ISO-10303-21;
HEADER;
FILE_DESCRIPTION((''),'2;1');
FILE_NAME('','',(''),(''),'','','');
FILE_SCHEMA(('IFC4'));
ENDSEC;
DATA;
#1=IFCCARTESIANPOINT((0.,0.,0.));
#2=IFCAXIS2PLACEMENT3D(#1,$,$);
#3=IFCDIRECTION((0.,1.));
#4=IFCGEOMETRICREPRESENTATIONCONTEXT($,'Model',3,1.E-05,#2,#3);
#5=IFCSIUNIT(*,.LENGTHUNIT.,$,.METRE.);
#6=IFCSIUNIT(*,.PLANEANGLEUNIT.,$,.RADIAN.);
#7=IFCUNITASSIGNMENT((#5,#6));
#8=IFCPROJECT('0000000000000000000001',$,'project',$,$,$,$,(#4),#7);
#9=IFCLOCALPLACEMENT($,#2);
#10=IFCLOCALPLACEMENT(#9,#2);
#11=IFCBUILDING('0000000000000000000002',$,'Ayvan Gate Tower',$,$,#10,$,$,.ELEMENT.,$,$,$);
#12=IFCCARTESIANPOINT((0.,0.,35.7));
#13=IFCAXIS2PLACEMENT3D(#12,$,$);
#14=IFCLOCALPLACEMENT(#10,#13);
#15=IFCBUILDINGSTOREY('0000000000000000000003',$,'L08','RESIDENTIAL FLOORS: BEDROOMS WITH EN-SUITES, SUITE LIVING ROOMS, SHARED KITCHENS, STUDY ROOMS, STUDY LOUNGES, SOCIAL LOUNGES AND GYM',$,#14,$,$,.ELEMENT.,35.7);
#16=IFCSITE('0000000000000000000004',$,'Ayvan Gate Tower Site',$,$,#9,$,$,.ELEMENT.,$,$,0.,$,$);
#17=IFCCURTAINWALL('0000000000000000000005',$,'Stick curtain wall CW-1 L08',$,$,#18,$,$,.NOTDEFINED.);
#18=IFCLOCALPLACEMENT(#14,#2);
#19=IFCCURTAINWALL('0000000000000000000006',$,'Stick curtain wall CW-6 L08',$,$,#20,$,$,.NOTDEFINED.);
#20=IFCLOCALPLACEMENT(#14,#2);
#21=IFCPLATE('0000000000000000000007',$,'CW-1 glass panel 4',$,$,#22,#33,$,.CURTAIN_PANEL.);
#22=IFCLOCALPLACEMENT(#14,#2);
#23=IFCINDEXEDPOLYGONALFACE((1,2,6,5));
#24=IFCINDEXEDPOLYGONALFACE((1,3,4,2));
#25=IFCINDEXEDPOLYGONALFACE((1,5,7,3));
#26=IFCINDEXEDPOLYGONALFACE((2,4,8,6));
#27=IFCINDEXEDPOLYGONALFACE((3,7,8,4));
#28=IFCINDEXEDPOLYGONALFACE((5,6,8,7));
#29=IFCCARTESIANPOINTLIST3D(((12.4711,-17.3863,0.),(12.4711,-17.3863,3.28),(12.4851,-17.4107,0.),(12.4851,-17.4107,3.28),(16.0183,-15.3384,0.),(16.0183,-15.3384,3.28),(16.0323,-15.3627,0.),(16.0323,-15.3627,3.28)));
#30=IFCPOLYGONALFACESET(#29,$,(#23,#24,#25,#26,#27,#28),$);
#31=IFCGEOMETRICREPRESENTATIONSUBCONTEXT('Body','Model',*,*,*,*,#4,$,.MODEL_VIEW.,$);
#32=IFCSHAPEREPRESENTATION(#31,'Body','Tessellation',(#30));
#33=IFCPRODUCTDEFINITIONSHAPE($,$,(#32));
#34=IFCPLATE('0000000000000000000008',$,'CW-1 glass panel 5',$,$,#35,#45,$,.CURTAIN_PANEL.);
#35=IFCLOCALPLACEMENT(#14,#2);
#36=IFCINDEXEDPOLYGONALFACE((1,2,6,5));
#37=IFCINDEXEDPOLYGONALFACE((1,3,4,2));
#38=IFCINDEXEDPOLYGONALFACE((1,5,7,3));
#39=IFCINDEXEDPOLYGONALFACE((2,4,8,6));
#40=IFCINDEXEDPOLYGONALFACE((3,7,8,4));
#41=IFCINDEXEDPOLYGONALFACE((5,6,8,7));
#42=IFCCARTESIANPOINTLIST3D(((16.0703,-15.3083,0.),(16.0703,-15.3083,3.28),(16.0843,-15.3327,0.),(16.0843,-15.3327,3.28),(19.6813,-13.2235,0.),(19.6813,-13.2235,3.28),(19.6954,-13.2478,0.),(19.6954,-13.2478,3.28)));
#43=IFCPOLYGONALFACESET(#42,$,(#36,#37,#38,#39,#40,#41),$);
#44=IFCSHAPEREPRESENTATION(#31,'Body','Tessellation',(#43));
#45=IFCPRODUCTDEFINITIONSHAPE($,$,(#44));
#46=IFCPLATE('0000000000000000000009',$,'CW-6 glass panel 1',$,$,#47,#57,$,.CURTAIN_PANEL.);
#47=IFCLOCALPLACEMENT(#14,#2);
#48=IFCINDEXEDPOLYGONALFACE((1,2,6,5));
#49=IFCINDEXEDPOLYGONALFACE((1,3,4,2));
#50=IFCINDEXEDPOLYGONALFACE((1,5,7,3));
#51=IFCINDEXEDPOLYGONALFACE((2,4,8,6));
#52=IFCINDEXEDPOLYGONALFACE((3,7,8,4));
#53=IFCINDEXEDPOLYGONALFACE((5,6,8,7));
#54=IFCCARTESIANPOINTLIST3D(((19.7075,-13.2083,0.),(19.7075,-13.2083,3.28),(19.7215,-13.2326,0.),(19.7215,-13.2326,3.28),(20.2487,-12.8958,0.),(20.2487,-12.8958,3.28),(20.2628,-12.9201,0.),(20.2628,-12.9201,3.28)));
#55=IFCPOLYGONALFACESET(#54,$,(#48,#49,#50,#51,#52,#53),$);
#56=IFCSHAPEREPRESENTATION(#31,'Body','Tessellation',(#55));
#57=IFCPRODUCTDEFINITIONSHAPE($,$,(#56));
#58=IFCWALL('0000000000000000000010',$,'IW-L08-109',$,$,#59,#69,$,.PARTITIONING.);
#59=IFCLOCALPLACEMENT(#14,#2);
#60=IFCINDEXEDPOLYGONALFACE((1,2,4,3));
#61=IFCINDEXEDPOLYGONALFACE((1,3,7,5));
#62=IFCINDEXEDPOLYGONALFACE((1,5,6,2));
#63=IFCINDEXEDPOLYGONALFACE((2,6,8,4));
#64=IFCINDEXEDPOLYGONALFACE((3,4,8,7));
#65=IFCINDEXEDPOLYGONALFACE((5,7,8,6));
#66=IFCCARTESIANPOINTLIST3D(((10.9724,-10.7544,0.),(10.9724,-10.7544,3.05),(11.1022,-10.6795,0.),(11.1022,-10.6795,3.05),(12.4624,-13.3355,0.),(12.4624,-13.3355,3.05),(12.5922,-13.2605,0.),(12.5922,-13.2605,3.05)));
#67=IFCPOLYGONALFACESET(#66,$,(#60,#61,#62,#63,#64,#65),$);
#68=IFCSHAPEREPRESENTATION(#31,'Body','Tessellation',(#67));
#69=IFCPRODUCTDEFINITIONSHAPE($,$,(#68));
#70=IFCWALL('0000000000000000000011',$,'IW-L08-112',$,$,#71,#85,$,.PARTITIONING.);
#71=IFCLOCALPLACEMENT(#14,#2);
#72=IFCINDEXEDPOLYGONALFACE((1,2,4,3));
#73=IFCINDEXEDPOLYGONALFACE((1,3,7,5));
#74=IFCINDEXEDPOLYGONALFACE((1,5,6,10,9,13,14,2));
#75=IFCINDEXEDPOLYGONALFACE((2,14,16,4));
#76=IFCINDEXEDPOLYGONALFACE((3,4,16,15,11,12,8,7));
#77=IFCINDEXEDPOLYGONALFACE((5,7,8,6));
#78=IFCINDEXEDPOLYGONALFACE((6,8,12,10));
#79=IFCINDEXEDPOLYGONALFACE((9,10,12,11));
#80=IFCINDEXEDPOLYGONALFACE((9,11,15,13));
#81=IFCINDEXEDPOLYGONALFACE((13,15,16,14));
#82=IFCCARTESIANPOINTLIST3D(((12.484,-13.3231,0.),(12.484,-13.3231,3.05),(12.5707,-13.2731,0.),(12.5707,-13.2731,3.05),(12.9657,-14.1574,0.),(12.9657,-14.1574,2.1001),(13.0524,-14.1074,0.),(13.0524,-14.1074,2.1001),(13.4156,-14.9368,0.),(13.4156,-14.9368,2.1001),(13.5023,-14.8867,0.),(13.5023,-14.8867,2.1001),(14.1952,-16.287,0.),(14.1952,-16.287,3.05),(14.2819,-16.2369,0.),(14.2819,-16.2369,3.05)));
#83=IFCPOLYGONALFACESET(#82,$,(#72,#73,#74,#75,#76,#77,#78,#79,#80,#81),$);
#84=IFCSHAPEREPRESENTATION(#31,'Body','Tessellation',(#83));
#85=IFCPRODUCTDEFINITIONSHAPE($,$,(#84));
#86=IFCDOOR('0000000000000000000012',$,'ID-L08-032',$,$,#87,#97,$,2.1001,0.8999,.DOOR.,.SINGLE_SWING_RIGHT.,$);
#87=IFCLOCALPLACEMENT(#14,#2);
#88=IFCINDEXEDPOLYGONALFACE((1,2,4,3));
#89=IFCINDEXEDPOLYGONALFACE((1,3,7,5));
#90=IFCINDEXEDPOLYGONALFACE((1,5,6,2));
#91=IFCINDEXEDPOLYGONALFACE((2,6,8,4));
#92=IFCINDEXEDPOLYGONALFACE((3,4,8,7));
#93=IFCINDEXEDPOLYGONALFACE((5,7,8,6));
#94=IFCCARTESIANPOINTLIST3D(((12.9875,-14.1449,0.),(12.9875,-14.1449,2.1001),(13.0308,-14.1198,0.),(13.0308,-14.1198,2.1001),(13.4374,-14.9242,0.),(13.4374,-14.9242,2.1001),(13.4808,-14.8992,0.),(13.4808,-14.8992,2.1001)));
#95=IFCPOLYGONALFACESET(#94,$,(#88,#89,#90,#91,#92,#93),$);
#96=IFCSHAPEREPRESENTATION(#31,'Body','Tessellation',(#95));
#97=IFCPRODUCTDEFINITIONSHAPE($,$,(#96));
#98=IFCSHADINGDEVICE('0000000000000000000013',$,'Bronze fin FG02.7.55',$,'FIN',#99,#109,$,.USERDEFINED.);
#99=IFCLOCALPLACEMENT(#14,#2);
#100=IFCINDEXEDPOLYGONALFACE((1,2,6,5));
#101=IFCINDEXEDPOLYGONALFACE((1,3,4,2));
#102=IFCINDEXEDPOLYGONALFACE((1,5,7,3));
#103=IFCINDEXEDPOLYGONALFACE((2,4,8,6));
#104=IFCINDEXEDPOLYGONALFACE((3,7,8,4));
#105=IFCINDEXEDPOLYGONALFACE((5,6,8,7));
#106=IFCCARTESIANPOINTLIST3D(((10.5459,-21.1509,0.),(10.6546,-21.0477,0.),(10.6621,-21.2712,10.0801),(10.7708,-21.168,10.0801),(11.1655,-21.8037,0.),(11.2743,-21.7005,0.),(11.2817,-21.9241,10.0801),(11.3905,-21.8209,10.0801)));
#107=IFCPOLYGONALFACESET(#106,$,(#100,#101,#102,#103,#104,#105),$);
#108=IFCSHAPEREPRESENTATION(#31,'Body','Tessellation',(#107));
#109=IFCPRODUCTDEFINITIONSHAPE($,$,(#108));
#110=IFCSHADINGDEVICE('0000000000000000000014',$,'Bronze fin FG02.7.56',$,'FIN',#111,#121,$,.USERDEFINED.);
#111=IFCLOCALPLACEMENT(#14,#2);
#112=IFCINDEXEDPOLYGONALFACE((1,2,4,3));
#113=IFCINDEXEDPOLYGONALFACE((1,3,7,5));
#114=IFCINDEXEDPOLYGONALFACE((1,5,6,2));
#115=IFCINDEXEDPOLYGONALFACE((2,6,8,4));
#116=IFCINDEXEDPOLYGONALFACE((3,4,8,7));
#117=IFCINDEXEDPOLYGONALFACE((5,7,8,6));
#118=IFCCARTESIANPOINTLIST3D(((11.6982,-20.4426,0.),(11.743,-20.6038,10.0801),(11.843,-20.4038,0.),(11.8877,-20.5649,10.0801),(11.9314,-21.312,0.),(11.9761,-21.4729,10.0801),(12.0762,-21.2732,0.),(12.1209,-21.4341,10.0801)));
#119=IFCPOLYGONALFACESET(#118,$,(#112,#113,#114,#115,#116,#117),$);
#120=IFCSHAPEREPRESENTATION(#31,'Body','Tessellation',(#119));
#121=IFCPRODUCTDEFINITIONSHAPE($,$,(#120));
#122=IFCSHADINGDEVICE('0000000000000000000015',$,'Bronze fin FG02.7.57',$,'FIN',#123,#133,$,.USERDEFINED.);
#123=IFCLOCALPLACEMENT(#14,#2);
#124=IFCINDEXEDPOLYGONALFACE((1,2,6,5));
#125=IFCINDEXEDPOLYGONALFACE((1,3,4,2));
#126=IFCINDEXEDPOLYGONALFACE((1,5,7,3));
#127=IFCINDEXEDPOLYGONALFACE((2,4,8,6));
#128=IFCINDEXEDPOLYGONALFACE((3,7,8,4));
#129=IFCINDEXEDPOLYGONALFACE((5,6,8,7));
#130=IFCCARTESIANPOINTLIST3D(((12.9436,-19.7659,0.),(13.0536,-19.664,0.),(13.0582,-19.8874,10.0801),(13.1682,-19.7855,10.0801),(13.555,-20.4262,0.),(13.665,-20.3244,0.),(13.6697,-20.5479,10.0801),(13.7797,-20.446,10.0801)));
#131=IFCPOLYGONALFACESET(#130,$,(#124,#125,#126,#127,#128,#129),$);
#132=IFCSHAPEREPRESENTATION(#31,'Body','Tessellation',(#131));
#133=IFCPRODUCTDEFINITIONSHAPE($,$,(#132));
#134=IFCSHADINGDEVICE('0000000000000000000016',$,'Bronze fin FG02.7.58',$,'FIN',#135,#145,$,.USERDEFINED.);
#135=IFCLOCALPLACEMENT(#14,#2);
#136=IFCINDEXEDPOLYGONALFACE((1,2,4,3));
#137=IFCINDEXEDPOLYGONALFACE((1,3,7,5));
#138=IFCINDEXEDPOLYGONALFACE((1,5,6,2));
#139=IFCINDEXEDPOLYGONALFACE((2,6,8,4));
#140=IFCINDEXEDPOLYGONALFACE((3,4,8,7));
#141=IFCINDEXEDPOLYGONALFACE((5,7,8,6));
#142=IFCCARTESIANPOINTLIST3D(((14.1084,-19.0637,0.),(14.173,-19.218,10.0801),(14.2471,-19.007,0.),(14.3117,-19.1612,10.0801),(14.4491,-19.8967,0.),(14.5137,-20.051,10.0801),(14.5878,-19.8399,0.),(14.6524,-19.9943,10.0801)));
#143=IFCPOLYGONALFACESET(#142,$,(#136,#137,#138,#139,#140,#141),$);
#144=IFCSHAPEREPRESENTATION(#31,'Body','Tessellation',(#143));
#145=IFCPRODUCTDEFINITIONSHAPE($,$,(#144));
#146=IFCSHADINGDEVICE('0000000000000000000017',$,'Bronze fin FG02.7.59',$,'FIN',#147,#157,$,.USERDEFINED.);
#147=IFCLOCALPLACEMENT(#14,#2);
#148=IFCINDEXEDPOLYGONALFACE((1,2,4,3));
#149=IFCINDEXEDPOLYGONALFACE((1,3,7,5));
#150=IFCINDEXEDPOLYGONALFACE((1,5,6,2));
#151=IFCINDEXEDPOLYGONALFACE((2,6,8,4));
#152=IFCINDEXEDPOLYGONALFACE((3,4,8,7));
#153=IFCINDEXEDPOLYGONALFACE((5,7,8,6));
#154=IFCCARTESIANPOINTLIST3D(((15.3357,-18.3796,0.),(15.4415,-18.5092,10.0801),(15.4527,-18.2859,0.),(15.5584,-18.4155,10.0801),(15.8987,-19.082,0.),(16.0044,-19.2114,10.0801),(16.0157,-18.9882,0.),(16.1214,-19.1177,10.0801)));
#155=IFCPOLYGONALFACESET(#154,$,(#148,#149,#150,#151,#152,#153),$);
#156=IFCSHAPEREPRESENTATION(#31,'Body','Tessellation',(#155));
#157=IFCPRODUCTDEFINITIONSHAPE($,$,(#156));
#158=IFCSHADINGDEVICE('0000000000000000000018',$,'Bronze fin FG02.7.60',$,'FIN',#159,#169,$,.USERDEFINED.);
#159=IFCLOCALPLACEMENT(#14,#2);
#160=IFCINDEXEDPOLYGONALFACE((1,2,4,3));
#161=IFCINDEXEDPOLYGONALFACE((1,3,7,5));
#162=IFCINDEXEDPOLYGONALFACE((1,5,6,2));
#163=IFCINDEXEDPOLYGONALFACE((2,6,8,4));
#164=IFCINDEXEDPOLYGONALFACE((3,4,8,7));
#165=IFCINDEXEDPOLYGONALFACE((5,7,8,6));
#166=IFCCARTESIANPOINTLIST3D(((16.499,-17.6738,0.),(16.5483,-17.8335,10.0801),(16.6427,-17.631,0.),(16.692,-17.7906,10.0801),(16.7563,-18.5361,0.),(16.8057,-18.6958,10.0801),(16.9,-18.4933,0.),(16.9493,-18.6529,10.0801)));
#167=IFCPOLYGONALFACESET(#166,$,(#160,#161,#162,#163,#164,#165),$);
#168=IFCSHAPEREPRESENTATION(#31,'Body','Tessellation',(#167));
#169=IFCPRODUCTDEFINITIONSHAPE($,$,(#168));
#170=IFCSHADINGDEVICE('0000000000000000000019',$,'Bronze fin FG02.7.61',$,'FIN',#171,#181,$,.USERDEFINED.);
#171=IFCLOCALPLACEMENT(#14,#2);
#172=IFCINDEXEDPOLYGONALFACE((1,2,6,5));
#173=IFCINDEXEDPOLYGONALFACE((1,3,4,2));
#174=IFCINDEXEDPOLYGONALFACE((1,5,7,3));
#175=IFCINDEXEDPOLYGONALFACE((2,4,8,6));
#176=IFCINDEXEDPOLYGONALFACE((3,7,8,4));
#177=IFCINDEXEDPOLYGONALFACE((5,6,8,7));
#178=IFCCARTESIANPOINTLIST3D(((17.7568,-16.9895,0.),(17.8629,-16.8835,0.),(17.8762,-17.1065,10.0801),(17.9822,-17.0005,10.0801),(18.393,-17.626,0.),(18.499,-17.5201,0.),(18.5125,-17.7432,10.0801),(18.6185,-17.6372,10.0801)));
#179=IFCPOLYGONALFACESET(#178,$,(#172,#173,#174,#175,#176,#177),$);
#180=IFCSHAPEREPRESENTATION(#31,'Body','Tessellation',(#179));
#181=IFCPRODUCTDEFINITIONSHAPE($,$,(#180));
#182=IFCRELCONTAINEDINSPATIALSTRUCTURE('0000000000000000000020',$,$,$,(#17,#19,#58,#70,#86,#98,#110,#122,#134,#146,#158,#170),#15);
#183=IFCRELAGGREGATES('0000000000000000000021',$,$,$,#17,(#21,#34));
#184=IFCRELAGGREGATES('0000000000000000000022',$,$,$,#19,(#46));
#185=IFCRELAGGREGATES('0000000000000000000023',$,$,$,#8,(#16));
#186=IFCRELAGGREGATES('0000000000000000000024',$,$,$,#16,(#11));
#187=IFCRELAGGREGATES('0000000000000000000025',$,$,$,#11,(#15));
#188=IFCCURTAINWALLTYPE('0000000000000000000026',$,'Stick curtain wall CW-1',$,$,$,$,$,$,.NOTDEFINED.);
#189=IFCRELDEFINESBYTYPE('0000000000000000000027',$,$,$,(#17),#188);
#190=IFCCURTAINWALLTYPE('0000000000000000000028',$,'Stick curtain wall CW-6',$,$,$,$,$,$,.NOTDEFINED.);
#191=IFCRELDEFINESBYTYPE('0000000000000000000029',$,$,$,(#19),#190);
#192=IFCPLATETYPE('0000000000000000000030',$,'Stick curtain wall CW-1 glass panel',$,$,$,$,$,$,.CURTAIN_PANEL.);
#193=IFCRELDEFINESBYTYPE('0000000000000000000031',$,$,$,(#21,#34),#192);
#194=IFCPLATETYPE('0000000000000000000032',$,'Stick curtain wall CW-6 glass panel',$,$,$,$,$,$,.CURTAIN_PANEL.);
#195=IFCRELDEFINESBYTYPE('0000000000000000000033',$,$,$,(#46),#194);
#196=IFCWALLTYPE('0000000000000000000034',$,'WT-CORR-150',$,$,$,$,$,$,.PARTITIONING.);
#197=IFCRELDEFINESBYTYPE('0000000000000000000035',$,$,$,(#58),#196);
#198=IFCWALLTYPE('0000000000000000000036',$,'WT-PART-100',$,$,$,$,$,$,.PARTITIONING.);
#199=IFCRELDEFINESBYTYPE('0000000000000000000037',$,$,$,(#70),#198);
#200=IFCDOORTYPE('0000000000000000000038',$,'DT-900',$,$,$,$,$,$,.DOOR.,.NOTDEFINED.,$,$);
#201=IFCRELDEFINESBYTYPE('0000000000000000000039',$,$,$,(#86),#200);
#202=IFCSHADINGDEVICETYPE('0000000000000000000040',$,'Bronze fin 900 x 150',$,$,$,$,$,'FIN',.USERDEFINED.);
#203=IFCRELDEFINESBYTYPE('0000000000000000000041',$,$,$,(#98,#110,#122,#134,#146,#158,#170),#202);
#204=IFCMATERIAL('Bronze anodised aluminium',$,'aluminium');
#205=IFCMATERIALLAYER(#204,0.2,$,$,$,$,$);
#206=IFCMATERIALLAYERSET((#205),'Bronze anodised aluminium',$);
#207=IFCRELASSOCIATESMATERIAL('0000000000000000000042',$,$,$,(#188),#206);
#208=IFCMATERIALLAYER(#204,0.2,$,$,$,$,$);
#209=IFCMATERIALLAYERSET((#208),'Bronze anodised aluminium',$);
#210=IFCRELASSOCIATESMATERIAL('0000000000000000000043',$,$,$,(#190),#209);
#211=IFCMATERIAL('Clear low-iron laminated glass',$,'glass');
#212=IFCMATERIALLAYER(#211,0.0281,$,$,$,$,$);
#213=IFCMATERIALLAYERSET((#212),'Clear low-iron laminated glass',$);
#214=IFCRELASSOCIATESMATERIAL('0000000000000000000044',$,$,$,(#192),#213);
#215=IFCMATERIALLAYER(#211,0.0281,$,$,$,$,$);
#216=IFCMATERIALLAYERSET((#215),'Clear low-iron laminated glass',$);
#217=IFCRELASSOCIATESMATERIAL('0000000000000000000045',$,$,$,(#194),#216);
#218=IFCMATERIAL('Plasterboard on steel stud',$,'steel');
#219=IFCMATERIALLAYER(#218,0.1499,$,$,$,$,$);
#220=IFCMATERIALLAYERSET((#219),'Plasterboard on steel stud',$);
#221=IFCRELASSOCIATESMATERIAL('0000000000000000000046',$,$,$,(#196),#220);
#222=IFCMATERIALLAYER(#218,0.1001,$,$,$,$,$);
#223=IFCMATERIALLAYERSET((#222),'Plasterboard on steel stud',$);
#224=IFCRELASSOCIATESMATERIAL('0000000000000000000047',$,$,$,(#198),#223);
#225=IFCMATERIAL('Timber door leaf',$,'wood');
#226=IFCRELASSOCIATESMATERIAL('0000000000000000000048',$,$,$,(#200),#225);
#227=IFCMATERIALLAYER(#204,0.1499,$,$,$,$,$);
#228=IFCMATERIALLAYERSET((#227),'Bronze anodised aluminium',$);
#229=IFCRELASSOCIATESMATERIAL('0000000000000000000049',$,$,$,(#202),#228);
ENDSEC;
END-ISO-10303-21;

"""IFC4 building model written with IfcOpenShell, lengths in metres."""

from ifc_helpers import new_model, si_unit, direction, frame, frame_2d, origin, origin_2d, place, context, subcontext, project, spatial, polyline, rectangle, outline, extrude, material, layer, layer_set, type_object, element, fill, aggregate, save


model = new_model("IFC4")

# Units and contexts
model_context = context("Model", 3, precision=1e-05, world=origin(), true_north=direction((0.0, 1.0)))
body_context = subcontext(model_context, "Body", "Model", "MODEL_VIEW")
ifc_project = project(units=[si_unit("LENGTHUNIT", "METRE"), si_unit("PLANEANGLEUNIT", "RADIAN")], contexts=[model_context])

# Site, building, storey
site_placement = place(None, origin())
site = spatial("IfcSite", under=ifc_project, at=site_placement, Name="Ayvan Gate Tower Site", CompositionType="ELEMENT", RefElevation=0.0)
building_placement = place(site_placement, origin())
building = spatial("IfcBuilding", under=site, at=building_placement, Name="Ayvan Gate Tower", CompositionType="ELEMENT")
storey_placement = place(building_placement, frame((0.0, 0.0, 35.7)))
storey = spatial("IfcBuildingStorey", under=building, at=storey_placement, Name="L08", Description="RESIDENTIAL FLOORS: BEDROOMS WITH EN-SUITES, SUITE LIVING ROOMS, SHARED KITCHENS, STUDY ROOMS, STUDY LOUNGES, SOCIAL LOUNGES AND GYM", CompositionType="ELEMENT", Elevation=35.7)

# Curtain walls
ifc_material_1 = material(Name="Bronze anodised aluminium", Category="aluminium")
ifc_layer_1 = layer(ifc_material_1, 0.2)
ifc_layer_set_1 = layer_set([ifc_layer_1], Name="Bronze anodised aluminium")
curtain_wall_type_1 = type_object("IfcCurtainWallType", Name="Stick curtain wall CW-1", PredefinedType="NOTDEFINED", material=ifc_layer_set_1)
curtain_wall_1_placement = place(storey_placement, origin())
curtain_wall_1 = element("IfcCurtainWall", 1, at=curtain_wall_1_placement, inside=storey, type_object=curtain_wall_type_1, Name="Stick curtain wall CW-1 L08", PredefinedType="NOTDEFINED")
ifc_layer_2 = layer(ifc_material_1, 0.2)
ifc_layer_set_2 = layer_set([ifc_layer_2], Name="Bronze anodised aluminium")
curtain_wall_type_2 = type_object("IfcCurtainWallType", Name="Stick curtain wall CW-6", PredefinedType="NOTDEFINED", material=ifc_layer_set_2)
curtain_wall_2_placement = place(storey_placement, origin())
curtain_wall_2 = element("IfcCurtainWall", 2, at=curtain_wall_2_placement, inside=storey, type_object=curtain_wall_type_2, Name="Stick curtain wall CW-6 L08", PredefinedType="NOTDEFINED")

# Plates
ifc_material_2 = material(Name="Clear low-iron laminated glass", Category="glass")
ifc_layer_3 = layer(ifc_material_2, 0.0281)
ifc_layer_set_3 = layer_set([ifc_layer_3], Name="Clear low-iron laminated glass")
plate_type_1 = type_object("IfcPlateType", Name="Stick curtain wall CW-1 glass panel", PredefinedType="CURTAIN_PANEL", material=ifc_layer_set_3)
plate_1_placement = place(storey_placement, frame((14.2517, -16.3745, 0.0), z_axis=(0.0, 0.0, 1.0), x_axis=(0.866025, 0.5, 0.0)))
plate_1 = element("IfcPlate", 3, at=plate_1_placement, type_object=plate_type_1, Name="CW-1 glass panel 4", PredefinedType="CURTAIN_PANEL", context=body_context, shape_type="SweptSolid", body=[
    extrude(rectangle(XDim=4.0959, YDim=0.0281, at=origin_2d()), origin(), (0.0, 0.0, 1.0), 3.28),
])
plate_2_placement = place(storey_placement, frame((17.8828, -14.2781, 0.0), z_axis=(0.0, 0.0, 1.0), x_axis=(0.866025, 0.5, 0.0)))
plate_2 = element("IfcPlate", 4, at=plate_2_placement, type_object=plate_type_1, Name="CW-1 glass panel 5", PredefinedType="CURTAIN_PANEL", context=body_context, shape_type="SweptSolid", body=[
    extrude(rectangle(XDim=4.1697, YDim=0.0281, at=origin_2d()), origin(), (0.0, 0.0, 1.0), 3.28),
])
aggregate(curtain_wall_1, [plate_1, plate_2])
ifc_layer_4 = layer(ifc_material_2, 0.0281)
ifc_layer_set_4 = layer_set([ifc_layer_4], Name="Clear low-iron laminated glass")
plate_type_2 = type_object("IfcPlateType", Name="Stick curtain wall CW-6 glass panel", PredefinedType="CURTAIN_PANEL", material=ifc_layer_set_4)
plate_3_placement = place(storey_placement, frame((19.9851, -13.0642, 0.0), z_axis=(0.0, 0.0, 1.0), x_axis=(0.866025, 0.5, 0.0)))
plate_3 = element("IfcPlate", 5, at=plate_3_placement, type_object=plate_type_2, Name="CW-6 glass panel 1", PredefinedType="CURTAIN_PANEL", context=body_context, shape_type="SweptSolid", body=[
    extrude(rectangle(XDim=0.625, YDim=0.0281, at=origin_2d()), origin(), (0.0, 0.0, 1.0), 3.28),
])
aggregate(curtain_wall_2, [plate_3])

# Wall
ifc_material_3 = material(Name="Plasterboard on steel stud", Category="steel")
ifc_layer_5 = layer(ifc_material_3, 0.1499)
ifc_layer_set_5 = layer_set([ifc_layer_5], Name="Plasterboard on steel stud")
wall_type_1 = type_object("IfcWallType", Name="WT-CORR-150", PredefinedType="PARTITIONING", material=ifc_layer_set_5)
wall_1_placement = place(storey_placement, frame((12.5273, -13.2981, 0.0), z_axis=(0.0, 0.0, 1.0), x_axis=(-0.499954, 0.866052, 0.0)))
element("IfcWall", 6, at=wall_1_placement, inside=storey, type_object=wall_type_1, Name="IW-L08-109", PredefinedType="PARTITIONING", context=body_context, shape_type="SweptSolid", body=[
    extrude(rectangle(XDim=2.9802, YDim=0.1499, at=frame_2d((1.4902, 0.0))), origin(), (0.0, 0.0, 1.0), 3.05),
])

# Wall, opening, door
ifc_layer_6 = layer(ifc_material_3, 0.1001)
ifc_layer_set_6 = layer_set([ifc_layer_6], Name="Plasterboard on steel stud")
wall_type_2 = type_object("IfcWallType", Name="WT-PART-100", PredefinedType="PARTITIONING", material=ifc_layer_set_6)
wall_2_placement = place(storey_placement, frame((14.2385, -16.262, 0.0), z_axis=(0.0, 0.0, 1.0), x_axis=(-0.499998, 0.866026, 0.0)))
wall_2 = element("IfcWall", 7, at=wall_2_placement, inside=storey, type_object=wall_type_2, Name="IW-L08-112", PredefinedType="PARTITIONING", context=body_context, shape_type="SweptSolid", body=[
    extrude(rectangle(XDim=3.4224, YDim=0.1001, at=frame_2d((1.7112, 0.0))), origin(), (0.0, 0.0, 1.0), 3.05),
])
opening_placement = place(wall_2_placement, frame((1.5591, 0.0, 0.0)))
opening = element("IfcOpeningElement", 8, at=opening_placement, cuts=wall_2, PredefinedType="OPENING", context=body_context, shape_type="SweptSolid", body=[
    extrude(rectangle(XDim=0.8999, YDim=2.1001, at=frame_2d((0.45, 1.05))), frame((0.0, 0.0601, 0.0), z_axis=(0.0, -1.0, 0.0), x_axis=(1.0, 0.0, 0.0)), (0.0, 0.0, 1.0), 0.1201),
])
ifc_material_4 = material(Name="Timber door leaf", Category="wood")
door_type = type_object("IfcDoorType", Name="DT-900", OperationType="NOTDEFINED", PredefinedType="DOOR", material=ifc_material_4)
door_placement = place(opening_placement, origin())
door = element("IfcDoor", 9, at=door_placement, inside=storey, type_object=door_type, Name="ID-L08-032", OperationType="SINGLE_SWING_RIGHT", OverallHeight=2.1001, OverallWidth=0.8999, PredefinedType="DOOR", context=body_context, shape_type="SweptSolid", body=[
    extrude(rectangle(XDim=0.8999, YDim=2.1001, at=frame_2d((0.45, 1.05))), frame((0.0, 0.0249, 0.0), z_axis=(0.0, -1.0, 0.0), x_axis=(1.0, 0.0, 0.0)), (0.0, 0.0, 1.0), 0.05),
])
fill(opening, door)

# Shading devices
ifc_layer_7 = layer(ifc_material_1, 0.1499)
ifc_layer_set_7 = layer_set([ifc_layer_7], Name="Bronze anodised aluminium")
shading_device_type = type_object("IfcShadingDeviceType", Name="Bronze fin 900 x 150", ElementType="FIN", PredefinedType="USERDEFINED", material=ifc_layer_set_7)
shading_device_1_placement = place(storey_placement, frame((10.5459, -21.1509, 0.0), z_axis=(-0.725311, -0.688421, 0.000142), x_axis=(0.688421, -0.725311, 0.0)))
element("IfcShadingDevice", 10, at=shading_device_1_placement, inside=storey, type_object=shading_device_type, Name="Bronze fin FG02.7.55", ObjectType="FIN", PredefinedType="USERDEFINED", context=body_context, shape_type="SweptSolid", body=[
    extrude(outline(polyline([(0.0, 0.0), (0.9001, 0.0), (1.0674, 10.0801), (0.1673, 10.0801), (0.0, 0.0)])), origin(), (0.0, 0.0, -1.0), 0.1499),
])
shading_device_2_placement = place(storey_placement, frame((11.6982, -20.4426, 0.0), z_axis=(-0.96586, -0.259064, 0.000143), x_axis=(0.259064, -0.96586, 0.0)))
element("IfcShadingDevice", 11, at=shading_device_2_placement, inside=storey, type_object=shading_device_type, Name="Bronze fin FG02.7.56", ObjectType="FIN", PredefinedType="USERDEFINED", context=body_context, shape_type="SweptSolid", body=[
    extrude(outline(polyline([(0.0, 0.0), (0.9001, 0.0), (1.0671, 10.0801), (0.1672, 10.0801), (0.0, 0.0)])), origin(), (0.0, 0.0, -1.0), 0.1499),
])
shading_device_3_placement = place(storey_placement, frame((12.9436, -19.7659, 0.0), z_axis=(-0.733778, -0.679389, 0.00015), x_axis=(0.679389, -0.733778, 0.0)))
element("IfcShadingDevice", 12, at=shading_device_3_placement, inside=storey, type_object=shading_device_type, Name="Bronze fin FG02.7.57", ObjectType="FIN", PredefinedType="USERDEFINED", context=body_context, shape_type="SweptSolid", body=[
    extrude(outline(polyline([(0.0, 0.0), (0.8999, 0.0), (1.0671, 10.0801), (0.167, 10.0801), (0.0, 0.0)])), origin(), (0.0, 0.0, -1.0), 0.1499),
])
shading_device_4_placement = place(storey_placement, frame((14.1084, -19.0637, 0.0), z_axis=(-0.925577, -0.378559, 0.000135), x_axis=(0.378559, -0.925577, 0.0)))
element("IfcShadingDevice", 13, at=shading_device_4_placement, inside=storey, type_object=shading_device_type, Name="Bronze fin FG02.7.58", ObjectType="FIN", PredefinedType="USERDEFINED", context=body_context, shape_type="SweptSolid", body=[
    extrude(outline(polyline([(0.0, 0.0), (0.8999, 0.0), (1.0672, 10.0801), (0.1672, 10.0801), (0.0, 0.0)])), origin(), (0.0, 0.0, -1.0), 0.1499),
])
shading_device_5_placement = place(storey_placement, frame((15.3357, -18.3796, 0.0), z_axis=(-0.780233, -0.625489, 0.000146), x_axis=(0.625489, -0.780233, 0.0)))
element("IfcShadingDevice", 14, at=shading_device_5_placement, inside=storey, type_object=shading_device_type, Name="Bronze fin FG02.7.59", ObjectType="FIN", PredefinedType="USERDEFINED", context=body_context, shape_type="SweptSolid", body=[
    extrude(outline(polyline([(0.0, 0.0), (0.9002, 0.0), (1.0673, 10.0801), (0.1673, 10.0801), (0.0, 0.0)])), origin(), (0.0, 0.0, -1.0), 0.1499),
])
shading_device_6_placement = place(storey_placement, frame((16.499, -17.6738, 0.0), z_axis=(-0.958243, -0.285954, 0.000159), x_axis=(0.285954, -0.958243, 0.0)))
element("IfcShadingDevice", 15, at=shading_device_6_placement, inside=storey, type_object=shading_device_type, Name="Bronze fin FG02.7.60", ObjectType="FIN", PredefinedType="USERDEFINED", context=body_context, shape_type="SweptSolid", body=[
    extrude(outline(polyline([(0.0, 0.0), (0.8999, 0.0), (1.067, 10.0801), (0.1671, 10.0801), (0.0, 0.0)])), origin(), (0.0, 0.0, -1.0), 0.1499),
])
shading_device_7_placement = place(storey_placement, frame((17.7568, -16.9895, 0.0), z_axis=(-0.70731, -0.706903, 0.000167), x_axis=(0.706903, -0.70731, 0.0)))
element("IfcShadingDevice", 16, at=shading_device_7_placement, inside=storey, type_object=shading_device_type, Name="Bronze fin FG02.7.61", ObjectType="FIN", PredefinedType="USERDEFINED", context=body_context, shape_type="SweptSolid", body=[
    extrude(outline(polyline([(0.0, 0.0), (0.8999, 0.0), (1.0672, 10.0801), (0.1671, 10.0801), (0.0, 0.0)])), origin(), (0.0, 0.0, -1.0), 0.1499),
])

save(model, "model.ifc")
